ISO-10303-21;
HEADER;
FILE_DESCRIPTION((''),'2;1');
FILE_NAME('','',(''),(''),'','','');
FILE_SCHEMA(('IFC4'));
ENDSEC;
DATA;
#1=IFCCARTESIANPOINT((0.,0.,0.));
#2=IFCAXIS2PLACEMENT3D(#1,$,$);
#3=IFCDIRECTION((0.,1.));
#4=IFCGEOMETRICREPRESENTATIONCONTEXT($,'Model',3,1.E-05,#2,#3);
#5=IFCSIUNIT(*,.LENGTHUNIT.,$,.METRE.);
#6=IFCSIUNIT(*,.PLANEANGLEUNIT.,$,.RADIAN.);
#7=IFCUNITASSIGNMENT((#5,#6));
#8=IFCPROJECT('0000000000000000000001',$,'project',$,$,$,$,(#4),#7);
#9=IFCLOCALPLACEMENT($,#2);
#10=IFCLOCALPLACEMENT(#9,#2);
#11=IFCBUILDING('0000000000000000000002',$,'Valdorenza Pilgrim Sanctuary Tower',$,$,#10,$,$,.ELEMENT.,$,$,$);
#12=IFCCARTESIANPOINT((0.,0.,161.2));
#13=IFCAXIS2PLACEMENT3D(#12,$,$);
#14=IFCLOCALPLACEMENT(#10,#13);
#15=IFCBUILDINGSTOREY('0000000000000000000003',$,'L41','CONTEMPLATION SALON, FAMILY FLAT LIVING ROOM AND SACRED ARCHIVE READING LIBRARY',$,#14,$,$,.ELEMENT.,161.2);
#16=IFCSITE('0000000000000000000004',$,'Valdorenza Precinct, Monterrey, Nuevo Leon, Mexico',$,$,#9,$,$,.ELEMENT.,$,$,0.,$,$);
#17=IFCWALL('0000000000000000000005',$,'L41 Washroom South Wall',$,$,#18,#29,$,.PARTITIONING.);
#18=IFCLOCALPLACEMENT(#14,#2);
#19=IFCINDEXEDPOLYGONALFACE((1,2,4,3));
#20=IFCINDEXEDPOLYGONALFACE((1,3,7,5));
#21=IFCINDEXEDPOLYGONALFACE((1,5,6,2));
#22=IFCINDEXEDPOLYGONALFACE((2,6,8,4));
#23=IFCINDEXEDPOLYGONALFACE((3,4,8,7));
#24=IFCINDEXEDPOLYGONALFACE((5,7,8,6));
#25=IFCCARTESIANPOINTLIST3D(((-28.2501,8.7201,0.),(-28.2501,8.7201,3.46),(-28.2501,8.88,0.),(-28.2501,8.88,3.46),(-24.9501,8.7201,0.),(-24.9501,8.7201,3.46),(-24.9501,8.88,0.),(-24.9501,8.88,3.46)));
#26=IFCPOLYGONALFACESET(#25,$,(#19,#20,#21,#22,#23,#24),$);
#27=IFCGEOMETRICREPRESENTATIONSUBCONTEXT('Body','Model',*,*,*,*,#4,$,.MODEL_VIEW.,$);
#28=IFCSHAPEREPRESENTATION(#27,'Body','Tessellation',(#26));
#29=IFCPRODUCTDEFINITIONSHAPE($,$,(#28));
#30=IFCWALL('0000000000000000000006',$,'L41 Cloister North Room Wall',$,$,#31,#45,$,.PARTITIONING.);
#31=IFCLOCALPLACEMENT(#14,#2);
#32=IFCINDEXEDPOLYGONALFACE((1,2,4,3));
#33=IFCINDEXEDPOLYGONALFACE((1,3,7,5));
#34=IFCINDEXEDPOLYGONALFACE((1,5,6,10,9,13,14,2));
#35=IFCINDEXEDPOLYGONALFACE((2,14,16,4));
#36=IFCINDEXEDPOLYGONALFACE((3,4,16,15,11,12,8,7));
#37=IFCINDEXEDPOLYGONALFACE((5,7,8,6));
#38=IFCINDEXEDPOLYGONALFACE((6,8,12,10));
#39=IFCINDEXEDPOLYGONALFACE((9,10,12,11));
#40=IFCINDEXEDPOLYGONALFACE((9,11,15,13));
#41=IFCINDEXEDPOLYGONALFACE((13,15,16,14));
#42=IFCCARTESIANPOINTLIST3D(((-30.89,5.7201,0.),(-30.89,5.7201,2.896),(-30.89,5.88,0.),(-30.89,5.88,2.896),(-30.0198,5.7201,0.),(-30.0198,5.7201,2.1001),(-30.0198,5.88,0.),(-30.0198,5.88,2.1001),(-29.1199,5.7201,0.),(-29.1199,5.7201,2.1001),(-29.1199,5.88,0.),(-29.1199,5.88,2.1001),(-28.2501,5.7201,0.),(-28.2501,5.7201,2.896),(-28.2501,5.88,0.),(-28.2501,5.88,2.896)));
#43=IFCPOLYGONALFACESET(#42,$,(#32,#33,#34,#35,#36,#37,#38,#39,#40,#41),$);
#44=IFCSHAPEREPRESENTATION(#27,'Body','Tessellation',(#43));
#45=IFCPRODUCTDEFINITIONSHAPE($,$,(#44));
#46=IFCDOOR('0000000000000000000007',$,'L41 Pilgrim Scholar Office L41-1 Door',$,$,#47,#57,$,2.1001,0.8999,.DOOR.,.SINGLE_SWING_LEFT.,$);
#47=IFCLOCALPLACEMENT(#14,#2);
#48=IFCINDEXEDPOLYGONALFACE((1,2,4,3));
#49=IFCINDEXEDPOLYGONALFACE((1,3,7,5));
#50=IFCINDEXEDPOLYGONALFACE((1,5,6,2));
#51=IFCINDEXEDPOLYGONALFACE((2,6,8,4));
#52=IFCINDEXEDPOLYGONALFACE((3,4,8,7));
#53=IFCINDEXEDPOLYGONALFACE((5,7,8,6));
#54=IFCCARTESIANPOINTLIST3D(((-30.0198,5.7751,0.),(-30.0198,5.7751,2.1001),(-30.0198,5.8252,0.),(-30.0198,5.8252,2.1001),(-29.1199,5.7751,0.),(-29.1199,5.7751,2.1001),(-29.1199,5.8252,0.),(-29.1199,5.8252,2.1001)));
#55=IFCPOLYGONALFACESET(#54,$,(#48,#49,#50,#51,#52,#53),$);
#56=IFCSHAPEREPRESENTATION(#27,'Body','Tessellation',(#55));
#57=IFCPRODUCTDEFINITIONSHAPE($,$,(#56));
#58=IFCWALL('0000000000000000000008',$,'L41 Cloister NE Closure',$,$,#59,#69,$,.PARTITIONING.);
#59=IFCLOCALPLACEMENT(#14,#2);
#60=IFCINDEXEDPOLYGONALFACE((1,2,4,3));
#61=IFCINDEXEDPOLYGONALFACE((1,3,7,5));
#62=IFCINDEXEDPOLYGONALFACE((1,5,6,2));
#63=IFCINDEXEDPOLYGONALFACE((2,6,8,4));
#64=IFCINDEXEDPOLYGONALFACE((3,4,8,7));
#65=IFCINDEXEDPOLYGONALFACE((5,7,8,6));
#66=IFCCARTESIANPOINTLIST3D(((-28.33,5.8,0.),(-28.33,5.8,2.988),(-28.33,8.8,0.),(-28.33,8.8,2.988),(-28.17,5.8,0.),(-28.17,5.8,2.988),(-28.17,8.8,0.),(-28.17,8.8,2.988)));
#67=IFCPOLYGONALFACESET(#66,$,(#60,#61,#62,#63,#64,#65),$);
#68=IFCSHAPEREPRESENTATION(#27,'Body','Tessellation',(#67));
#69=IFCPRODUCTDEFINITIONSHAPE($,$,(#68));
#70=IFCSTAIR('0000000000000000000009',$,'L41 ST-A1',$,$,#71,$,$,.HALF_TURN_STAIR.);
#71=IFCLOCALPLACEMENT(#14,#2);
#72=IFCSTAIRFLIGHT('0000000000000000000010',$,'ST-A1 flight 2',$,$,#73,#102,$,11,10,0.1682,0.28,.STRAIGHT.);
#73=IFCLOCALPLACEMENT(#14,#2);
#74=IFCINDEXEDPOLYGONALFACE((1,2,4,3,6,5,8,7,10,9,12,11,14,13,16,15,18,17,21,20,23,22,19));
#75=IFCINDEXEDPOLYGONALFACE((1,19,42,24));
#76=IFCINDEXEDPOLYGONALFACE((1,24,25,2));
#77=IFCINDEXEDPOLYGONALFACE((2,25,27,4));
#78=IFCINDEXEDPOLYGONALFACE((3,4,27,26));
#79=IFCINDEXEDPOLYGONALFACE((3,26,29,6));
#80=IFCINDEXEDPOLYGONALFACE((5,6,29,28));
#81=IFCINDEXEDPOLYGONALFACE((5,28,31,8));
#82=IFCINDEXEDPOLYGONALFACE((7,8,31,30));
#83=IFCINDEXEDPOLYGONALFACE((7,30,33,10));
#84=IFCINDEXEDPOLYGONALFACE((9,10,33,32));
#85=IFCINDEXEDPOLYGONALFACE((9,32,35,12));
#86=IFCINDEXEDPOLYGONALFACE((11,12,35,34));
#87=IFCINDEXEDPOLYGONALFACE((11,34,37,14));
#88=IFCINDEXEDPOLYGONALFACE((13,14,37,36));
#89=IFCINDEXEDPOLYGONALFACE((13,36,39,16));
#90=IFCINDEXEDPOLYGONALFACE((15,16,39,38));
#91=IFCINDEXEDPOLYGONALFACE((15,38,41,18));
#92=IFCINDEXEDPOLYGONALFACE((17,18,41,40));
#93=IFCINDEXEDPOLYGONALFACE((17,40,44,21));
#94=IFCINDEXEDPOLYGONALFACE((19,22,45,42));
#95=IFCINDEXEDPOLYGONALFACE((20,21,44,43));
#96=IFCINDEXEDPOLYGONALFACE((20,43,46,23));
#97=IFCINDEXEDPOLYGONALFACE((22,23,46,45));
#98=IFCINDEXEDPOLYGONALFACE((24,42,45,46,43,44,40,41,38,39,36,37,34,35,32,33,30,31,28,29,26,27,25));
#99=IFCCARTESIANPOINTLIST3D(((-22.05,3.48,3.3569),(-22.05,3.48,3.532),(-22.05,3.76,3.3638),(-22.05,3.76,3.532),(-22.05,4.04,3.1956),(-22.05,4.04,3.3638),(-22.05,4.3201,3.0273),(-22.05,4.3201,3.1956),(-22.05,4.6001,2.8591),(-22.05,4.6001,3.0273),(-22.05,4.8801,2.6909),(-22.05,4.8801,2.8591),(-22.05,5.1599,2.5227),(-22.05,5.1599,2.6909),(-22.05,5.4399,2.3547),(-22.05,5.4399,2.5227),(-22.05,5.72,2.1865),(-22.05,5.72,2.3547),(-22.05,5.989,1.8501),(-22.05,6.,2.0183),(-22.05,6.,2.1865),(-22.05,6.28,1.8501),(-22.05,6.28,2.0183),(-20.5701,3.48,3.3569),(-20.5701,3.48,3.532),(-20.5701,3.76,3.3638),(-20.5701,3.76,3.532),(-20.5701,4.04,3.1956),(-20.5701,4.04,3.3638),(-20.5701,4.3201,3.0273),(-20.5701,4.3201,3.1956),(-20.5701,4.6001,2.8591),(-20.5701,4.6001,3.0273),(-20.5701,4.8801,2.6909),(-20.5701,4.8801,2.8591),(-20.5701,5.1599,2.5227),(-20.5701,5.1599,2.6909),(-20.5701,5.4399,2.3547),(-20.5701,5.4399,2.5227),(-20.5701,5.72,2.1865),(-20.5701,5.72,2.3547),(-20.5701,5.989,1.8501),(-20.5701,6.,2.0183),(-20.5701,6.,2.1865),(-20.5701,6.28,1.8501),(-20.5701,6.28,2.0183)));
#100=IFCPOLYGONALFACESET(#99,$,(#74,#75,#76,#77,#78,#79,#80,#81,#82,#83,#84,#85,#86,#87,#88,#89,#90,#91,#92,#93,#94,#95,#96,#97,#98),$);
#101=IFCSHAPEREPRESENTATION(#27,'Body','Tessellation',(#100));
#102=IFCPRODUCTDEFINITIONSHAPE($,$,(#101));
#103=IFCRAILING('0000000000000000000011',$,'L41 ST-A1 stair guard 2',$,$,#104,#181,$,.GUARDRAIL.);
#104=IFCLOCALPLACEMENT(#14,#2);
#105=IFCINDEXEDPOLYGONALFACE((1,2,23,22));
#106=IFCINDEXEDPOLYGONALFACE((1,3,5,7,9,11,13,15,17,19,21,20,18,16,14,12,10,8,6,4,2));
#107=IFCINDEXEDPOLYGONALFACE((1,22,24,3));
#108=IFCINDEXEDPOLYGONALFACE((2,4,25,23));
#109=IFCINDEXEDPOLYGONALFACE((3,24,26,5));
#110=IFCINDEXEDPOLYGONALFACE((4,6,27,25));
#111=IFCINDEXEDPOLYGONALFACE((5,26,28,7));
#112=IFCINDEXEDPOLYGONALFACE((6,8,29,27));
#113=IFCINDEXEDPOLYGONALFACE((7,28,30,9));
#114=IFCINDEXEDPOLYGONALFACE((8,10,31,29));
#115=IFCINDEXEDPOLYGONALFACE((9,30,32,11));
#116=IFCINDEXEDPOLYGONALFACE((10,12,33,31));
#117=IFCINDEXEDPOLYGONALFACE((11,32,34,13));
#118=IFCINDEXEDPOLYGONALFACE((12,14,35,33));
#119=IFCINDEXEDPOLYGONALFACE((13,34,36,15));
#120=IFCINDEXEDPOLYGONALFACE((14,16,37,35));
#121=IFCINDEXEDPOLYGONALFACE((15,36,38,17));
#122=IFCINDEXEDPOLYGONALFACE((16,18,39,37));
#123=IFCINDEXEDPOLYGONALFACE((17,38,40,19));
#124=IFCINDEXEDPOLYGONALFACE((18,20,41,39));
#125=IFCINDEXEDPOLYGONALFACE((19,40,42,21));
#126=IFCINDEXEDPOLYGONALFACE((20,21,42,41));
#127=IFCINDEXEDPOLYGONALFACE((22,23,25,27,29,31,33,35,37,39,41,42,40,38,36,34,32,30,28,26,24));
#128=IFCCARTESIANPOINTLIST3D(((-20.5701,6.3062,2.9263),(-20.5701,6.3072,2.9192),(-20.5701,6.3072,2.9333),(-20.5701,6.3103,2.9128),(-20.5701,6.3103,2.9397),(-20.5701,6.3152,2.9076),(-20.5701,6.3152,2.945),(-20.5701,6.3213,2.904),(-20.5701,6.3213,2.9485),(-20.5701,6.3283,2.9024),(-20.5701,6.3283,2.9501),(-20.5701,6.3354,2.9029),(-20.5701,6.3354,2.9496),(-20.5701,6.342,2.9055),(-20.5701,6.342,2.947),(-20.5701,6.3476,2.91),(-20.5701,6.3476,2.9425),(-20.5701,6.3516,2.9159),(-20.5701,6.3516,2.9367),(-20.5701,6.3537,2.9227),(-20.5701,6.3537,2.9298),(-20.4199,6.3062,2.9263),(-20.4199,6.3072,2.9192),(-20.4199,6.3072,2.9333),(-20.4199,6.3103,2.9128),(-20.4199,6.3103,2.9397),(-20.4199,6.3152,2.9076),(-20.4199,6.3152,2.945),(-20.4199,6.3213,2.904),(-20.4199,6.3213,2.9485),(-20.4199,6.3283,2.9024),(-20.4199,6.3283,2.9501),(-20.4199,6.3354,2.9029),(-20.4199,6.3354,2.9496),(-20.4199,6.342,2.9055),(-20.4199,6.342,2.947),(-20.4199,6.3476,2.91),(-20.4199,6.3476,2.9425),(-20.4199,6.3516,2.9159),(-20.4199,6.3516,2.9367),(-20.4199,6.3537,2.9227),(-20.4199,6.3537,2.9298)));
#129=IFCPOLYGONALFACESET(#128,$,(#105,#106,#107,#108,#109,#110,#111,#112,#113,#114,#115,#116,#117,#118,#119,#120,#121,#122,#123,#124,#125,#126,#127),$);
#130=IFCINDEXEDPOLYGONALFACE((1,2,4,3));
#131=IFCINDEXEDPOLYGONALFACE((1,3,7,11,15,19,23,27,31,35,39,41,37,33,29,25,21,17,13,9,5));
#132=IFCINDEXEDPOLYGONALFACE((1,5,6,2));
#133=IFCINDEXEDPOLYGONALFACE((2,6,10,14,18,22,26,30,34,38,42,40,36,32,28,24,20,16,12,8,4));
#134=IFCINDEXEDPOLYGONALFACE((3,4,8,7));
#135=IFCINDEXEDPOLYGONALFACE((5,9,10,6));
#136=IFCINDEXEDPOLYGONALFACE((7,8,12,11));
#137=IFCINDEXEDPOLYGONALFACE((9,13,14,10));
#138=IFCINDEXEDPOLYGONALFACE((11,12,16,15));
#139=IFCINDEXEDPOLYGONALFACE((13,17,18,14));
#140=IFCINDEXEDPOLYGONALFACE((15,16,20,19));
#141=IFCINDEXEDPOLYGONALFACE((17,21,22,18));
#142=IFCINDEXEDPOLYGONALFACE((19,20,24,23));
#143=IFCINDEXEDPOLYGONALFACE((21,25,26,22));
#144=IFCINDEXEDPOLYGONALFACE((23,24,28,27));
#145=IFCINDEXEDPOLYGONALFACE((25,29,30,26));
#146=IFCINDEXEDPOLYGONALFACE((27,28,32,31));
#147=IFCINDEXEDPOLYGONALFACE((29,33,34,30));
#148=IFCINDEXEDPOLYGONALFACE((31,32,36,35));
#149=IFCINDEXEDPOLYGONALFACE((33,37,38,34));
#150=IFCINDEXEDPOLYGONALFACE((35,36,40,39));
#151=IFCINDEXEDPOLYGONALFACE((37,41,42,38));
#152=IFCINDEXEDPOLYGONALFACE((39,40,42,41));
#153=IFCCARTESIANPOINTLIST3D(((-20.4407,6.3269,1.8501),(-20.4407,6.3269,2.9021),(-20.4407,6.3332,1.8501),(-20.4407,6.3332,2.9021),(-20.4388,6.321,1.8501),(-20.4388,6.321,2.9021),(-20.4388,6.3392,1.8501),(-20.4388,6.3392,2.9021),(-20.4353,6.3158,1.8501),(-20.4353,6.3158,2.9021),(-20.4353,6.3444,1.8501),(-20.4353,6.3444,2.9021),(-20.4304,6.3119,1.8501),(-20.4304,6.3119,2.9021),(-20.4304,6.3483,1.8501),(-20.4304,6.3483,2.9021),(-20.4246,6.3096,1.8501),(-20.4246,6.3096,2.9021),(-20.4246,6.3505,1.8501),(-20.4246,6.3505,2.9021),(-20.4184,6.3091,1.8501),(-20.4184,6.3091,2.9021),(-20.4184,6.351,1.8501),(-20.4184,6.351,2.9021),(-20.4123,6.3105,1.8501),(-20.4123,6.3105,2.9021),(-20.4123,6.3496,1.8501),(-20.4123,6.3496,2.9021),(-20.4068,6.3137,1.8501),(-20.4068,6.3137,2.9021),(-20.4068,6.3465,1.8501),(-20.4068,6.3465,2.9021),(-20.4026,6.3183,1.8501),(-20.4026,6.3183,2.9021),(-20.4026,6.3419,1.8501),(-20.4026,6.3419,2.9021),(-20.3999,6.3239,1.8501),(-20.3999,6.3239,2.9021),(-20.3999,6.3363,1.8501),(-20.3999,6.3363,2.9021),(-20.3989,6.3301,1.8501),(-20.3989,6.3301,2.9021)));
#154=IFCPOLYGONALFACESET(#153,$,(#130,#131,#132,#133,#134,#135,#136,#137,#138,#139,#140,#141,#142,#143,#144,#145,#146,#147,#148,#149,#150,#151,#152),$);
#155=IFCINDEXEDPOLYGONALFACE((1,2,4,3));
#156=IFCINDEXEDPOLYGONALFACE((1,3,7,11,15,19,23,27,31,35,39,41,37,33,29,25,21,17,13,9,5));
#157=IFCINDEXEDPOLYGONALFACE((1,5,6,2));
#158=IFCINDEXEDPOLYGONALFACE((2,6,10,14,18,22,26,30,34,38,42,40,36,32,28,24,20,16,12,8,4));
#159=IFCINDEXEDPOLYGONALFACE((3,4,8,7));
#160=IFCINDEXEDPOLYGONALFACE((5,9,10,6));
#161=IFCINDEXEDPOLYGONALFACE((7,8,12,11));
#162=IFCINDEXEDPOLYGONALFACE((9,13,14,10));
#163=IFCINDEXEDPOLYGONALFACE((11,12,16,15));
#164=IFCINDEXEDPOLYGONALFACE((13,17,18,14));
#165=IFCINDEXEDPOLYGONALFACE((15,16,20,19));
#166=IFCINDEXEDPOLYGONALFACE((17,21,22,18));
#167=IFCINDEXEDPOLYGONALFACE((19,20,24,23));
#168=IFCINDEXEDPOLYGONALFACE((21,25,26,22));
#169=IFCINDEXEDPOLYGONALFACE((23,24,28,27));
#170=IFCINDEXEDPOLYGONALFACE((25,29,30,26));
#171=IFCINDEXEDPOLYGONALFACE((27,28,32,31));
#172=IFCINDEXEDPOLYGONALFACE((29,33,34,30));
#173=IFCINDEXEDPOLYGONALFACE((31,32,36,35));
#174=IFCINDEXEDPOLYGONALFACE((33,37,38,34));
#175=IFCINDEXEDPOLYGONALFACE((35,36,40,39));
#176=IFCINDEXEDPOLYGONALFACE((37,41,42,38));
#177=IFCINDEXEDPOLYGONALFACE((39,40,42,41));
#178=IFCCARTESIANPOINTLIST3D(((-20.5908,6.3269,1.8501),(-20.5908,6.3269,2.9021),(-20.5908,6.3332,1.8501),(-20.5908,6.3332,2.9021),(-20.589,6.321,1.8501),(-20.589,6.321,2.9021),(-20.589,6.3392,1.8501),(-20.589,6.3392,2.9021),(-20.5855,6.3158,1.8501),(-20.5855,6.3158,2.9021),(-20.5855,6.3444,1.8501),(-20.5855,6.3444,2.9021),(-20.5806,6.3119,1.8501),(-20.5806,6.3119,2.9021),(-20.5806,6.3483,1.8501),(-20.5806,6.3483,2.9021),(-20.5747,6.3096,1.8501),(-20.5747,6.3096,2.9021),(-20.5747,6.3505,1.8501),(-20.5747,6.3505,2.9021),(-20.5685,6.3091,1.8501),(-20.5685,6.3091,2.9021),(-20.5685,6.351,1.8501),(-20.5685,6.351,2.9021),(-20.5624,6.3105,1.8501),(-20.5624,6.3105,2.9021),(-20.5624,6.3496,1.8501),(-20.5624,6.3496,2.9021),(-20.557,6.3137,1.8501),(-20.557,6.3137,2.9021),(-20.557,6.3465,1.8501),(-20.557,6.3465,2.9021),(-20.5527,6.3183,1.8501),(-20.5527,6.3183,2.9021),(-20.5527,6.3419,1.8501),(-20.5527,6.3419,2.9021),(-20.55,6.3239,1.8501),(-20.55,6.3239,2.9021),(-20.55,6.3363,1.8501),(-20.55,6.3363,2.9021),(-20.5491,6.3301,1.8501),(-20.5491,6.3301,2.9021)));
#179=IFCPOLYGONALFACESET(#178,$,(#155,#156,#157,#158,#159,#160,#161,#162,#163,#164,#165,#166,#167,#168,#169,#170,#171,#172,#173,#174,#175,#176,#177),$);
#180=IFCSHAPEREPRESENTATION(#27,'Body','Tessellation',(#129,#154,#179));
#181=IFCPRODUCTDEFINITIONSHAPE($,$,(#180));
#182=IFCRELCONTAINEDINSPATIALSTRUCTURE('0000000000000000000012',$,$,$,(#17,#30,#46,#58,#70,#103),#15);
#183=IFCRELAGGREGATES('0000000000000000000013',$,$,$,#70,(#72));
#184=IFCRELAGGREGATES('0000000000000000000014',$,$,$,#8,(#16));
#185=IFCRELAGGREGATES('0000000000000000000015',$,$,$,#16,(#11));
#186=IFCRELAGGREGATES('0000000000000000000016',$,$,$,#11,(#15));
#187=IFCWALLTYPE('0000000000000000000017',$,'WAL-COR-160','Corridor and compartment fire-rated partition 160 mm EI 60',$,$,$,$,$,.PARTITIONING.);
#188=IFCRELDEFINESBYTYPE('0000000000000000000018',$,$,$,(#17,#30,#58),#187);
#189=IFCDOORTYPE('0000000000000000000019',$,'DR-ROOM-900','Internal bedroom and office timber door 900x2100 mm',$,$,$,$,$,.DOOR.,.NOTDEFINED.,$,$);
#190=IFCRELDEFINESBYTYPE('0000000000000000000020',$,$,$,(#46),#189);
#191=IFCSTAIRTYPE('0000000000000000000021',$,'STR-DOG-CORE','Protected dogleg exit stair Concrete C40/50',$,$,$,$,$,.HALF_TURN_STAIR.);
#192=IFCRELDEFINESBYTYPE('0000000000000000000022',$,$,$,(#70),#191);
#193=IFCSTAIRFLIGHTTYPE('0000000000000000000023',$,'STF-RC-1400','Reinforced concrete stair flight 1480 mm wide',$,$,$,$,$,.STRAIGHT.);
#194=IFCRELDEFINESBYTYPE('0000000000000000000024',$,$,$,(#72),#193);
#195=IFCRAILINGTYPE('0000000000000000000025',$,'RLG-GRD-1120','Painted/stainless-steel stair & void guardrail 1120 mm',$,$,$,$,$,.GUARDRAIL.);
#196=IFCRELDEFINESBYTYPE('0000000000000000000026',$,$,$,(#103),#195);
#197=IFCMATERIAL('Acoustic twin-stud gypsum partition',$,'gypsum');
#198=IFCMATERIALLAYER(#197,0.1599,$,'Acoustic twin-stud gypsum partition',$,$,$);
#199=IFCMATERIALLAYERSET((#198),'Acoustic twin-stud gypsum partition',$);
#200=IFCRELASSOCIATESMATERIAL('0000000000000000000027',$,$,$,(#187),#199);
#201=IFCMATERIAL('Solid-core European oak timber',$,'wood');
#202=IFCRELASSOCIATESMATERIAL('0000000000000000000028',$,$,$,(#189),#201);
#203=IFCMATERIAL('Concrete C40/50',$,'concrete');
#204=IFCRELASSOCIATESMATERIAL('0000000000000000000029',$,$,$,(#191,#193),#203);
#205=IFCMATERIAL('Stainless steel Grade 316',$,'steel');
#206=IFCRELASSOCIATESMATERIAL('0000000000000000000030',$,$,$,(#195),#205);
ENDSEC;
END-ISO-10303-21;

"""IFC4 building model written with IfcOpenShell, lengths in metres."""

from ifc_helpers import new_model, si_unit, direction, frame, frame_2d, origin, origin_2d, place, context, subcontext, project, spatial, polyline, rectangle, circle, outline, extrude, material, layer, layer_set, type_object, element, fill, aggregate, save


model = new_model("IFC4")

# Units and contexts
model_context = context("Model", 3, precision=1e-05, world=origin(), true_north=direction((0.0, 1.0)))
body_context = subcontext(model_context, "Body", "Model", "MODEL_VIEW")
ifc_project = project(units=[si_unit("LENGTHUNIT", "METRE"), si_unit("PLANEANGLEUNIT", "RADIAN")], contexts=[model_context])

# Site, building, storey
site_placement = place(None, origin())
site = spatial("IfcSite", under=ifc_project, at=site_placement, Name="Valdorenza Precinct, Monterrey, Nuevo Leon, Mexico", CompositionType="ELEMENT", RefElevation=0.0)
building_placement = place(site_placement, origin())
building = spatial("IfcBuilding", under=site, at=building_placement, Name="Valdorenza Pilgrim Sanctuary Tower", CompositionType="ELEMENT")
storey_placement = place(building_placement, frame((0.0, 0.0, 161.2)))
storey = spatial("IfcBuildingStorey", under=building, at=storey_placement, Name="L41", Description="CONTEMPLATION SALON, FAMILY FLAT LIVING ROOM AND SACRED ARCHIVE READING LIBRARY", CompositionType="ELEMENT", Elevation=161.2)

# Shared definitions
ifc_material_1 = material(Name="Acoustic twin-stud gypsum partition", Category="gypsum")
ifc_layer_1 = layer(ifc_material_1, 0.1599, Name="Acoustic twin-stud gypsum partition")
ifc_layer_set_1 = layer_set([ifc_layer_1], Name="Acoustic twin-stud gypsum partition")
wall_type = type_object("IfcWallType", Name="WAL-COR-160", Description="Corridor and compartment fire-rated partition 160 mm EI 60", PredefinedType="PARTITIONING", material=ifc_layer_set_1)

# Wall
wall_1_placement = place(storey_placement, frame((-28.25, 8.8, 0.0), z_axis=(0.0, 0.0, 1.0), x_axis=(1.0, 0.0, 0.0)))
element("IfcWall", 1, at=wall_1_placement, inside=storey, type_object=wall_type, Name="L41 Washroom South Wall", PredefinedType="PARTITIONING", context=body_context, shape_type="SweptSolid", body=[
    extrude(rectangle(XDim=3.3, YDim=0.1599, at=frame_2d((1.6499, 0.0))), origin(), (0.0, 0.0, 1.0), 3.46),
])

# Wall, opening, door
wall_2_placement = place(storey_placement, frame((-30.8899, 5.8, 0.0), z_axis=(0.0, 0.0, 1.0), x_axis=(1.0, 0.0, 0.0)))
wall_2 = element("IfcWall", 2, at=wall_2_placement, inside=storey, type_object=wall_type, Name="L41 Cloister North Room Wall", PredefinedType="PARTITIONING", context=body_context, shape_type="SweptSolid", body=[
    extrude(rectangle(XDim=2.6399, YDim=0.1599, at=frame_2d((1.3198, 0.0))), origin(), (0.0, 0.0, 1.0), 2.896),
])
opening_1_placement = place(wall_2_placement, frame((0.8701, 0.0, 0.0)))
opening_1 = element("IfcOpeningElement", 3, at=opening_1_placement, cuts=wall_2, PredefinedType="OPENING", context=body_context, shape_type="SweptSolid", body=[
    extrude(rectangle(XDim=0.8999, YDim=2.1001, at=frame_2d((0.45, 1.05))), frame((0.0, 0.0947, 0.0), z_axis=(0.0, -1.0, 0.0), x_axis=(1.0, 0.0, 0.0)), (0.0, 0.0, 1.0), 0.1897),
])
ifc_material_2 = material(Name="Solid-core European oak timber", Category="wood")
door_type_1 = type_object("IfcDoorType", Name="DR-ROOM-900", Description="Internal bedroom and office timber door 900x2100 mm", OperationType="NOTDEFINED", PredefinedType="DOOR", material=ifc_material_2)
door_1_placement = place(opening_1_placement, frame((0.8999, 0.0, 0.0), z_axis=(0.0, 0.0, 1.0), x_axis=(-1.0, 0.0, 0.0)))
door_1 = element("IfcDoor", 4, at=door_1_placement, inside=storey, type_object=door_type_1, Name="L41 Pilgrim Scholar Office L41-1 Door", OperationType="SINGLE_SWING_LEFT", OverallHeight=2.1001, OverallWidth=0.8999, PredefinedType="DOOR", context=body_context, shape_type="SweptSolid", body=[
    extrude(rectangle(XDim=0.8999, YDim=2.1001, at=frame_2d((0.45, 1.05))), frame((0.0, 0.0249, 0.0), z_axis=(0.0, -1.0, 0.0), x_axis=(1.0, 0.0, 0.0)), (0.0, 0.0, 1.0), 0.05),
])
fill(opening_1, door_1)

# Wall
wall_3_placement = place(storey_placement, frame((-28.25, 5.8, 0.0), z_axis=(0.0, 0.0, 1.0), x_axis=(0.0, 1.0, 0.0)))
element("IfcWall", 5, at=wall_3_placement, inside=storey, type_object=wall_type, Name="L41 Cloister NE Closure", PredefinedType="PARTITIONING", context=body_context, shape_type="SweptSolid", body=[
    extrude(rectangle(XDim=3.0, YDim=0.1599, at=frame_2d((1.5, 0.0))), origin(), (0.0, 0.0, 1.0), 2.988),
])

# Stair, stair flight
ifc_material_3 = material(Name="Concrete C40/50", Category="concrete")
stair_type = type_object("IfcStairType", Name="STR-DOG-CORE", Description="Protected dogleg exit stair Concrete C40/50", PredefinedType="HALF_TURN_STAIR", material=ifc_material_3)
stair_placement = place(storey_placement, origin())
stair = element("IfcStair", 6, at=stair_placement, inside=storey, type_object=stair_type, Name="L41 ST-A1", PredefinedType="HALF_TURN_STAIR")
stair_flight_type = type_object("IfcStairFlightType", Name="STF-RC-1400", Description="Reinforced concrete stair flight 1480 mm wide", PredefinedType="STRAIGHT", material=ifc_material_3)
stair_flight_placement = place(storey_placement, frame((-21.3101, 6.28, 1.8501), z_axis=(0.0, 0.0, 1.0), x_axis=(0.0, -1.0, 0.0)))
stair_flight = element("IfcStairFlight", 7, at=stair_flight_placement, type_object=stair_flight_type, Name="ST-A1 flight 2", NumberOfRisers=11, NumberOfTreads=10, PredefinedType="STRAIGHT", RiserHeight=0.1682, TreadLength=0.28, context=body_context, shape_type="SweptSolid", body=[
    extrude(outline(polyline([(0.0, 0.0), (0.0, 0.1682), (0.28, 0.1682), (0.28, 0.3364), (0.5601, 0.3364), (0.5601, 0.5046), (0.8401, 0.5046), (0.8401, 0.6726), (1.1201, 0.6726), (1.1201, 0.8408), (1.3999, 0.8408), (1.3999, 1.009), (1.6799, 1.009), (1.6799, 1.1772), (1.96, 1.1772), (1.96, 1.3455), (2.24, 1.3455), (2.24, 1.5137), (2.52, 1.5137), (2.52, 1.6819), (2.8, 1.6819), (2.8, 1.8501), (2.8, 1.5068), (0.291, 0.0), (0.0, 0.0)])), frame((0.0, 0.74, 0.0), z_axis=(0.0, -1.0, 0.0), x_axis=(1.0, 0.0, 0.0)), (0.0, 0.0, 1.0), 1.48),
])
aggregate(stair, [stair_flight])

# Railing
ifc_material_4 = material(Name="Stainless steel Grade 316", Category="steel")
railing_type_1 = type_object("IfcRailingType", Name="RLG-GRD-1120", Description="Painted/stainless-steel stair & void guardrail 1120 mm", PredefinedType="GUARDRAIL", material=ifc_material_4)
railing_1_placement = place(storey_placement, frame((-20.4199, 6.3301, 1.8501)))
element("IfcRailing", 8, at=railing_1_placement, inside=storey, type_object=railing_type_1, Name="L41 ST-A1 stair guard 2", PredefinedType="GUARDRAIL", context=body_context, shape_type="SweptSolid", body=[
    extrude(circle(Radius=0.0239, at=origin_2d()), frame((0.0, 0.0, 1.0762), z_axis=(-1.0, 0.0, 0.0), x_axis=(0.0, -1.0, 0.0)), (0.0, 0.0, 1.0), 0.1501),
    extrude(circle(Radius=0.021, at=origin_2d()), origin(), (0.0, 0.0, 1.0), 1.052),
    extrude(circle(Radius=0.021, at=origin_2d()), frame((-0.1501, 0.0, 0.0)), (0.0, 0.0, 1.0), 1.052),
])

save(model, "model.ifc")
